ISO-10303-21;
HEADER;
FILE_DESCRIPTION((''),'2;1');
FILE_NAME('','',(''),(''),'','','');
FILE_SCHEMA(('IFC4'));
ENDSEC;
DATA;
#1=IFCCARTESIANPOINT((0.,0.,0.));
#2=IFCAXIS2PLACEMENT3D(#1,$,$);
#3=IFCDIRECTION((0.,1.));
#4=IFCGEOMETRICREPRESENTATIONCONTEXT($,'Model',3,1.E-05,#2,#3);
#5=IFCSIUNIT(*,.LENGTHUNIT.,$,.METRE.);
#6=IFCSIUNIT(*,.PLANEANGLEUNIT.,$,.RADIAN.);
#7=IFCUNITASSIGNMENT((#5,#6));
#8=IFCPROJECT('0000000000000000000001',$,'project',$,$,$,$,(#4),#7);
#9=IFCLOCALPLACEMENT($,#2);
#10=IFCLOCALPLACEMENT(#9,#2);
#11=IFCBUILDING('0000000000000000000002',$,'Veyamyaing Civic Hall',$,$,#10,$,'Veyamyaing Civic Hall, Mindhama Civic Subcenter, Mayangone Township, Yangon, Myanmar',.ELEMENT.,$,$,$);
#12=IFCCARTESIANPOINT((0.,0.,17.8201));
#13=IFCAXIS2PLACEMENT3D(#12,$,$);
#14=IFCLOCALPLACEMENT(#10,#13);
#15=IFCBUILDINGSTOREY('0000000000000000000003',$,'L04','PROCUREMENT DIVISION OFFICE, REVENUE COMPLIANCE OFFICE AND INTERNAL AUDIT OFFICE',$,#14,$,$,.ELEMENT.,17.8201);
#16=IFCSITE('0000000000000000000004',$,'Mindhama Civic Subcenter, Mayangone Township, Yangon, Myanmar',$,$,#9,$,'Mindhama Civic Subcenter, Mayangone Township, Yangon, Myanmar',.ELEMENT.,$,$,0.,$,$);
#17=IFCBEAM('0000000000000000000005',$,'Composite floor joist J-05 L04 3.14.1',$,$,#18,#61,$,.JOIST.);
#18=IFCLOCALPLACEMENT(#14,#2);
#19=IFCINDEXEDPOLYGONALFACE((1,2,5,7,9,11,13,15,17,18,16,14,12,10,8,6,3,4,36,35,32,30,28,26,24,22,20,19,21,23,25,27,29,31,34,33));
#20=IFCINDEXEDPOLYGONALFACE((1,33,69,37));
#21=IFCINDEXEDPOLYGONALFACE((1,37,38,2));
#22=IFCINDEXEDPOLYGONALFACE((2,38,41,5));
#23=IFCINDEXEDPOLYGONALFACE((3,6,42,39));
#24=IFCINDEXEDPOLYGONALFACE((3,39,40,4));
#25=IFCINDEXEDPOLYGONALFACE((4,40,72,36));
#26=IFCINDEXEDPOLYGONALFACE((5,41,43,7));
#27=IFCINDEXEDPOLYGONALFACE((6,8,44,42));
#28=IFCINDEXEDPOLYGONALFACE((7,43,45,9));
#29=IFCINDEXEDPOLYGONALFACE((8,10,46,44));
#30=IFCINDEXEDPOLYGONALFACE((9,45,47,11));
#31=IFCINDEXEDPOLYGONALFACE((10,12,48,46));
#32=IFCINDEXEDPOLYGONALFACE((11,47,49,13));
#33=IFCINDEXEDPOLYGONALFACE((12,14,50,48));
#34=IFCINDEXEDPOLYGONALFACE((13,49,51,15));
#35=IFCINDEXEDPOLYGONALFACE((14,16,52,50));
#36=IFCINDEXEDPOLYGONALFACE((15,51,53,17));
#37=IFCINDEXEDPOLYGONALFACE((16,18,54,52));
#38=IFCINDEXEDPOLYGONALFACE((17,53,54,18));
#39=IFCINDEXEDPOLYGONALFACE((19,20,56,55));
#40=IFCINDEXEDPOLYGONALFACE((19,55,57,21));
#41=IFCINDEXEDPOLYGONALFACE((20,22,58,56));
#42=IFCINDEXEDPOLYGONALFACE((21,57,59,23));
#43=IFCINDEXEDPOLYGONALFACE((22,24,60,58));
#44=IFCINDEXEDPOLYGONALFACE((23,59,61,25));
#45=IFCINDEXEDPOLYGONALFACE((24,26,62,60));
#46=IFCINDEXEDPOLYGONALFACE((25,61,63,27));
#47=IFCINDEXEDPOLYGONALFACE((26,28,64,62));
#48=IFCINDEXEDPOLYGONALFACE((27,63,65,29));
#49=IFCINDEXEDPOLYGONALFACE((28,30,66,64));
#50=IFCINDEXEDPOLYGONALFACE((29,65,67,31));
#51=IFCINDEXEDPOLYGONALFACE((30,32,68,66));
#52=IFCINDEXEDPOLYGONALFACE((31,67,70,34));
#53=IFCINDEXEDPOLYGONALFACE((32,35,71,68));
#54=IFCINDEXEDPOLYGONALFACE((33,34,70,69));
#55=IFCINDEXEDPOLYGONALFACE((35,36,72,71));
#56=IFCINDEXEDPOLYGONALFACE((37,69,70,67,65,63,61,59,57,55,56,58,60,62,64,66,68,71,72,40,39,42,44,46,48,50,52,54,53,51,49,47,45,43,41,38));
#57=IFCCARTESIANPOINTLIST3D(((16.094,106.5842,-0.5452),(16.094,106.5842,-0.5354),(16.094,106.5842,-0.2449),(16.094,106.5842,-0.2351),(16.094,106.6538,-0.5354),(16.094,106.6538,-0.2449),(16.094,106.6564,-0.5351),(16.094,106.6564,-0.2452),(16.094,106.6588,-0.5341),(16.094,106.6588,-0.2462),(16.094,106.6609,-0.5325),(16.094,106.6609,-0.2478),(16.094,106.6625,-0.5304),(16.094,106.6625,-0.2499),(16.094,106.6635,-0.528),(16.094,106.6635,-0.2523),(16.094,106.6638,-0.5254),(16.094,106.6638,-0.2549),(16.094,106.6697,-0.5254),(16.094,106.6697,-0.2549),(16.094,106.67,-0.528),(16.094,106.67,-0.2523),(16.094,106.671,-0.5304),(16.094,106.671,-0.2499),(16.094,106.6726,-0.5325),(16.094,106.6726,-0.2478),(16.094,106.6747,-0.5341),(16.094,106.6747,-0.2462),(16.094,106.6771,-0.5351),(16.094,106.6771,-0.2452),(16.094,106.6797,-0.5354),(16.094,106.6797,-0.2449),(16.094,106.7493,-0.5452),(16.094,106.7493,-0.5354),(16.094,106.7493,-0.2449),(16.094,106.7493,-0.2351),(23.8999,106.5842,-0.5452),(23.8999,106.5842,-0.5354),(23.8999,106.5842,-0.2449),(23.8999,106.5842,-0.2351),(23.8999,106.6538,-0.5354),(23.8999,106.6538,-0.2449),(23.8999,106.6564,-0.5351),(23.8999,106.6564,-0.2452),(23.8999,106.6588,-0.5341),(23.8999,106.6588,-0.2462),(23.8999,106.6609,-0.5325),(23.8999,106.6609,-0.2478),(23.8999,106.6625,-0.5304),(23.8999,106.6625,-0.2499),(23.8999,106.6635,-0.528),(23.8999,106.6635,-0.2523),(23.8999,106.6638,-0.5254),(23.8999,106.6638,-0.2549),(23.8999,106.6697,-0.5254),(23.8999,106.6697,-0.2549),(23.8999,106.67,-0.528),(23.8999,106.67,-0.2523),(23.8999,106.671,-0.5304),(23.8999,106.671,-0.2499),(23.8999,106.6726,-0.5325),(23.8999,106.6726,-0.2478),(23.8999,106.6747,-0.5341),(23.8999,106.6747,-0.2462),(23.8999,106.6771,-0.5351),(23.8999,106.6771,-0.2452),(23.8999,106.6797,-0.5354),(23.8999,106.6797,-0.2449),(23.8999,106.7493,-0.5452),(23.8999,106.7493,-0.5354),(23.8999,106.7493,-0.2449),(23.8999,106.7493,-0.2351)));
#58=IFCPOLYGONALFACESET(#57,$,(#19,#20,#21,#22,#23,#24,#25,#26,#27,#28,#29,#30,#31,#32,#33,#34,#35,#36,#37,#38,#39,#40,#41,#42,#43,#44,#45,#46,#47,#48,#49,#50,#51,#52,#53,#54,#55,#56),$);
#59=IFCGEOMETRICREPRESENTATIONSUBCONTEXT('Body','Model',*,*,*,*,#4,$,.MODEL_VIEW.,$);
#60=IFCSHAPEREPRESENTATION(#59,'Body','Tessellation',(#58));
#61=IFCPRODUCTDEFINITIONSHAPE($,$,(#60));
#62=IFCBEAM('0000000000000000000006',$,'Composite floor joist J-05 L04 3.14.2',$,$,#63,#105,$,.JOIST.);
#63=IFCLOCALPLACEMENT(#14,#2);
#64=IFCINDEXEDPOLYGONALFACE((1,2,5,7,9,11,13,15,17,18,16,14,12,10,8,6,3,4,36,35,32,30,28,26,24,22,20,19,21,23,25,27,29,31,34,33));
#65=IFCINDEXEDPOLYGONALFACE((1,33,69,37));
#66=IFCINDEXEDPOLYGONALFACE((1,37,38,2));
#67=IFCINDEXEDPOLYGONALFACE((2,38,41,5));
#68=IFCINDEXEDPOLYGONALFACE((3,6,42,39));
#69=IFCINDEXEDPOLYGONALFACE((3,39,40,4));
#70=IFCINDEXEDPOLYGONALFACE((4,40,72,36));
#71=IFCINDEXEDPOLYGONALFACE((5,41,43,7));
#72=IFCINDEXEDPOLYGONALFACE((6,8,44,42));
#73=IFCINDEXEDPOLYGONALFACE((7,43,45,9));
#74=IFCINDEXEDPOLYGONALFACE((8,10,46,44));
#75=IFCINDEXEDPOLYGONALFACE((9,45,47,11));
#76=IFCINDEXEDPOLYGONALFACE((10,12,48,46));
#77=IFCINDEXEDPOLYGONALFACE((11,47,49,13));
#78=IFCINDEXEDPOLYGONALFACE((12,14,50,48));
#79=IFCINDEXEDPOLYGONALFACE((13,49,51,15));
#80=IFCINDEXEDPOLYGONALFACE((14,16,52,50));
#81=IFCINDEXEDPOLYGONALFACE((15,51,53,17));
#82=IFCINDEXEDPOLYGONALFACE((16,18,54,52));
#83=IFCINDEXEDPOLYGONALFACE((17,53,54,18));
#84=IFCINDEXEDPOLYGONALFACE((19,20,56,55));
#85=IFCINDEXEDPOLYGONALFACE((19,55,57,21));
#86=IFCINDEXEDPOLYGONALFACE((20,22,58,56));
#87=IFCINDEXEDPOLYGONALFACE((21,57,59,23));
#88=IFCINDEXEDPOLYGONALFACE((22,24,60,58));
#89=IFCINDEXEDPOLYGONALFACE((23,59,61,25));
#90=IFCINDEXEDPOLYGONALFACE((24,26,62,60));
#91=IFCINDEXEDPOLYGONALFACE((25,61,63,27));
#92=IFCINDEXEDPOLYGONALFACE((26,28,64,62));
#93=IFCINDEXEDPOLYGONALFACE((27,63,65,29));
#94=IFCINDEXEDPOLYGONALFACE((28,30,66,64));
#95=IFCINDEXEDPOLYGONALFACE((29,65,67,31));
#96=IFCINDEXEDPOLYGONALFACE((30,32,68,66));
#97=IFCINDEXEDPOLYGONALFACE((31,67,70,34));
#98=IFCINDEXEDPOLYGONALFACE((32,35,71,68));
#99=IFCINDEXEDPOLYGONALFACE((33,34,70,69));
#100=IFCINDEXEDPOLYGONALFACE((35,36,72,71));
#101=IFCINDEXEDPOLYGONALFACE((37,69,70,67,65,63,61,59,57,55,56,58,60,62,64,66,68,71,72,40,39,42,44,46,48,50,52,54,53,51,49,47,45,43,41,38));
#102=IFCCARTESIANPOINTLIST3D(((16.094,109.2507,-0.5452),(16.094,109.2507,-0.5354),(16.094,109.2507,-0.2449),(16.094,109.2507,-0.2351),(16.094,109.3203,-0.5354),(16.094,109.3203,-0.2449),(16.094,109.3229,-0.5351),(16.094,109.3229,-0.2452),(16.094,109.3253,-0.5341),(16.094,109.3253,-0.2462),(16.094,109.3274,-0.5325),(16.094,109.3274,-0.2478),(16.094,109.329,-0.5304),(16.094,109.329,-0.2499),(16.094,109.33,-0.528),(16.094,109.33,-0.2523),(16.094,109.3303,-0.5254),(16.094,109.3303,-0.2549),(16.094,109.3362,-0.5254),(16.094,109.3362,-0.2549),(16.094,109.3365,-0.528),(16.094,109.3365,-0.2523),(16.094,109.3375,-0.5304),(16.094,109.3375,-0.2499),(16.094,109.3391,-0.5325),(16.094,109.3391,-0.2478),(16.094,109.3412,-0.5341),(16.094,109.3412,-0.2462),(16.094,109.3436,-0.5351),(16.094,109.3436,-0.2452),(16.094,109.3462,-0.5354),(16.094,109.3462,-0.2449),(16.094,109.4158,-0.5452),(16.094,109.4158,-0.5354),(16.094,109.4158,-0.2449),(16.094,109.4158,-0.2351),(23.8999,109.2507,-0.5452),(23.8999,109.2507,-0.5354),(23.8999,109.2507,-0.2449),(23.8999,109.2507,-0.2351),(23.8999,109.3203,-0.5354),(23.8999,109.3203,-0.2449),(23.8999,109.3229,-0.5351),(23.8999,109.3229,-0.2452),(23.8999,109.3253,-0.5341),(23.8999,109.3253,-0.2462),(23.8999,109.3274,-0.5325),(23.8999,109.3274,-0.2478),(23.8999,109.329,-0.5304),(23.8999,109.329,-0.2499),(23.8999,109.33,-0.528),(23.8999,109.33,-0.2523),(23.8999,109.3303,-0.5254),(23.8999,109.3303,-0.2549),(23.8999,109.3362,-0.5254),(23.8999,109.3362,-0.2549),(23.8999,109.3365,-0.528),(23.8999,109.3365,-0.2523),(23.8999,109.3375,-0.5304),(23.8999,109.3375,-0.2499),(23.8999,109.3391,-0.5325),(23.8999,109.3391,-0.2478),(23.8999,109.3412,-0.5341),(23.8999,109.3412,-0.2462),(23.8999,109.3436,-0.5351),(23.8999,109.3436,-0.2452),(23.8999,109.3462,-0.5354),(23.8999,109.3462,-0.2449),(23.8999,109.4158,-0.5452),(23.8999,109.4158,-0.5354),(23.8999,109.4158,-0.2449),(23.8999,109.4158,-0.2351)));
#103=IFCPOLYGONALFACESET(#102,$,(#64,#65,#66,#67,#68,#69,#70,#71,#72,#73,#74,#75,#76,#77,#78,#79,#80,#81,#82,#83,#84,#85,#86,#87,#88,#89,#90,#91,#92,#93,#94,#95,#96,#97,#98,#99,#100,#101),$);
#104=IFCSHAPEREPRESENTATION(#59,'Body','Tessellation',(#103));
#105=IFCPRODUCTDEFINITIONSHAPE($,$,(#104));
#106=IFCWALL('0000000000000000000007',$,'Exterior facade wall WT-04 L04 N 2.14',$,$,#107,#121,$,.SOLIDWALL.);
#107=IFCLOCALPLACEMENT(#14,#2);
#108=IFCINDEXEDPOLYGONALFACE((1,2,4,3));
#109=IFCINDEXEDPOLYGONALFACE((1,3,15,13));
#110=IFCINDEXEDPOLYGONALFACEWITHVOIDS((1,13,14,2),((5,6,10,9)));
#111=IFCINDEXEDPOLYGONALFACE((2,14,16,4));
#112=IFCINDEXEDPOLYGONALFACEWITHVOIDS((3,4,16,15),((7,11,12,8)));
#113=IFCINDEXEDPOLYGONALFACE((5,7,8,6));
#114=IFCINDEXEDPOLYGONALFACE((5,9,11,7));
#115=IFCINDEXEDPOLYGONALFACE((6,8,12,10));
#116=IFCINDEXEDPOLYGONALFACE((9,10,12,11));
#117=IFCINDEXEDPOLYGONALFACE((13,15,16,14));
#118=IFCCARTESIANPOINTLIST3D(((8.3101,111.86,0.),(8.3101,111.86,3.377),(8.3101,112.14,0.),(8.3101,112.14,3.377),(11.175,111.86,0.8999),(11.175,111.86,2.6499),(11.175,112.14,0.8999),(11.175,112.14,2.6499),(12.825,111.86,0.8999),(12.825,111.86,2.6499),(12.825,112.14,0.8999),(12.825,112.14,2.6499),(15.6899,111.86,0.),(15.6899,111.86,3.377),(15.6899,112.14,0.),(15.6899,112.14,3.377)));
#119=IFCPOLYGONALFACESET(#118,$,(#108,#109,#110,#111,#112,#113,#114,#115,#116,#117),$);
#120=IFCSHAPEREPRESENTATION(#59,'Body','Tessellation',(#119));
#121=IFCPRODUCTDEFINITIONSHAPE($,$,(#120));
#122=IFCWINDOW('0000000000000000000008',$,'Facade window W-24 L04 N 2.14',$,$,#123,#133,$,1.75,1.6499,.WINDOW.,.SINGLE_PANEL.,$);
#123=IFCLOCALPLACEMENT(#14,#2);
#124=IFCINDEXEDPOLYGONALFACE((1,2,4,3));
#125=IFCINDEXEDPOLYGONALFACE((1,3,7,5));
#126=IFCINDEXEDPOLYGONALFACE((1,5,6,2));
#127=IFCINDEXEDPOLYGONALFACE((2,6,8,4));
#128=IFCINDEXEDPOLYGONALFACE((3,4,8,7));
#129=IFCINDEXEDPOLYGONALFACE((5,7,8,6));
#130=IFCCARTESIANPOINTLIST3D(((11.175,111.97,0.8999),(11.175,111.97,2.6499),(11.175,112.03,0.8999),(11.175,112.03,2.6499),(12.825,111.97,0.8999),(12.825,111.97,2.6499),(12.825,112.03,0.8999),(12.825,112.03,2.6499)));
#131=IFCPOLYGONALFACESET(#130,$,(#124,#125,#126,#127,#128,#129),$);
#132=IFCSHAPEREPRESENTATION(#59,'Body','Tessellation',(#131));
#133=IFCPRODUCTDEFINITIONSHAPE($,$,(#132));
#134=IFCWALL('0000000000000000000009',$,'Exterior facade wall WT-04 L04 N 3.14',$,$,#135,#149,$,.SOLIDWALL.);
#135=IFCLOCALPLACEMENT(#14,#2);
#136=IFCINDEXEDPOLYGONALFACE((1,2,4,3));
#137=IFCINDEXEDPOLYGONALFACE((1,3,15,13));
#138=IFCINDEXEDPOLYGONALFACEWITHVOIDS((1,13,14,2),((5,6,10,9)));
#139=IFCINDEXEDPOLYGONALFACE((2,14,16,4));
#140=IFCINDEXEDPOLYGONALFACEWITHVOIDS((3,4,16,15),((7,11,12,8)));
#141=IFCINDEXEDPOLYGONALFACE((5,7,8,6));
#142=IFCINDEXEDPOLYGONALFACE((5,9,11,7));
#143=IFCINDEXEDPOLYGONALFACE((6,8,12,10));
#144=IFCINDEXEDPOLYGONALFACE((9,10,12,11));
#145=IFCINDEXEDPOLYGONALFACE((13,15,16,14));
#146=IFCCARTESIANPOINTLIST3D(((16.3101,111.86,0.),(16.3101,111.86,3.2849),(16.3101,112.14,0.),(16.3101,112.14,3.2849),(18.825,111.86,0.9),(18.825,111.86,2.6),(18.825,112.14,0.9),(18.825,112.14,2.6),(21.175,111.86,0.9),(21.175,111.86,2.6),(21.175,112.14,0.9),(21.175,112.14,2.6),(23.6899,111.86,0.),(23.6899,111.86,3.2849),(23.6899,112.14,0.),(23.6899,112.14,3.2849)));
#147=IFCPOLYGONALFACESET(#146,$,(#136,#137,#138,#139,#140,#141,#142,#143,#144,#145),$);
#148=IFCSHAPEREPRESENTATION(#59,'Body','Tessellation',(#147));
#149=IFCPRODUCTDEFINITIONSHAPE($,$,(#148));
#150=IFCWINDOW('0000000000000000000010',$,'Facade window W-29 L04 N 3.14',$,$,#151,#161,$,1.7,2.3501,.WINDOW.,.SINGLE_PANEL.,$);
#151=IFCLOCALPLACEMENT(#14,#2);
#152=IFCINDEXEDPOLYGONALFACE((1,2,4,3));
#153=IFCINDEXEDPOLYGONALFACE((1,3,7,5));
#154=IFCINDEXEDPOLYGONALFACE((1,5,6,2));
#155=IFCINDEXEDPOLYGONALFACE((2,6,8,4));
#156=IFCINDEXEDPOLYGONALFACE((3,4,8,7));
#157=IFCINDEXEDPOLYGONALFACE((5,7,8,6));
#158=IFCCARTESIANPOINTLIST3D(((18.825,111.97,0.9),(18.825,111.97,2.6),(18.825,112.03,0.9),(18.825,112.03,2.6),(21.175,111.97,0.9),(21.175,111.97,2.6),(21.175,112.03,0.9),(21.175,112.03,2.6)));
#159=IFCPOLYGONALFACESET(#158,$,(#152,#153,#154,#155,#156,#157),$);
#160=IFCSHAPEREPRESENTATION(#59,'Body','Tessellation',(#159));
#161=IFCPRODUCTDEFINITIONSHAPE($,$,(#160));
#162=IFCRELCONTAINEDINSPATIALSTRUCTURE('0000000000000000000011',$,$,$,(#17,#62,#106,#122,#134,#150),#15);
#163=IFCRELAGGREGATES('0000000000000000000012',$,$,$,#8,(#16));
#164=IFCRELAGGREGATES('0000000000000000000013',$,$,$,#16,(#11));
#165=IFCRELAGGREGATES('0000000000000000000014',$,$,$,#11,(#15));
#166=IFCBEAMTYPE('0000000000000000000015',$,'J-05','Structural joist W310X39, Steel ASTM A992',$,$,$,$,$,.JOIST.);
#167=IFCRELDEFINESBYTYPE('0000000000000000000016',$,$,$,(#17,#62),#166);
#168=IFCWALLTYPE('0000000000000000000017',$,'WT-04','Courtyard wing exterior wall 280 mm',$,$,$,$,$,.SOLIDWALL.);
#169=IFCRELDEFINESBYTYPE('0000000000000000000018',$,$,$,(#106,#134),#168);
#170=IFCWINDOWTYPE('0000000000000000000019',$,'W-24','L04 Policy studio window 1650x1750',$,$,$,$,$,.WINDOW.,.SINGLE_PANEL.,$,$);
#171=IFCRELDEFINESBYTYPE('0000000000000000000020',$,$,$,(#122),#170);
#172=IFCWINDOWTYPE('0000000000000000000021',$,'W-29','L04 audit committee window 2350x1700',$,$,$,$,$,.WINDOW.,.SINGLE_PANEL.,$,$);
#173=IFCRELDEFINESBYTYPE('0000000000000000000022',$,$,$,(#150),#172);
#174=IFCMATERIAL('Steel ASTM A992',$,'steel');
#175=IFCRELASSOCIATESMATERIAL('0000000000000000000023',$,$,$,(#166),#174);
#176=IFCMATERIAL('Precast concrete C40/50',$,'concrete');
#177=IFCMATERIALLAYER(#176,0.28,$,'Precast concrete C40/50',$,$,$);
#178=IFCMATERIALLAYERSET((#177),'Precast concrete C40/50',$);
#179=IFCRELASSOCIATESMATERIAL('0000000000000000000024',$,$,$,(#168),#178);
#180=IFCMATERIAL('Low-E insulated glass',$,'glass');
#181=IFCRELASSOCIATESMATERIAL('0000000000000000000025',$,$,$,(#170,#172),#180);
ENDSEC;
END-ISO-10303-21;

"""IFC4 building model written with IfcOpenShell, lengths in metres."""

from ifc_helpers import new_model, si_unit, direction, frame, frame_2d, origin, origin_2d, place, context, subcontext, project, spatial, rectangle, i_section, extrude, material, layer, layer_set, material_profile, profile_set, type_object, element, fill, save


model = new_model("IFC4")

# Units and contexts
model_context = context("Model", 3, precision=1e-05, world=origin(), true_north=direction((0.0, 1.0)))
body_context = subcontext(model_context, "Body", "Model", "MODEL_VIEW")
ifc_project = project(units=[si_unit("LENGTHUNIT", "METRE"), si_unit("PLANEANGLEUNIT", "RADIAN")], contexts=[model_context])

# Site, building, storey
site_placement = place(None, origin())
site = spatial("IfcSite", under=ifc_project, at=site_placement, Name="Mindhama Civic Subcenter, Mayangone Township, Yangon, Myanmar", LongName="Mindhama Civic Subcenter, Mayangone Township, Yangon, Myanmar", CompositionType="ELEMENT", RefElevation=0.0)
building_placement = place(site_placement, origin())
building = spatial("IfcBuilding", under=site, at=building_placement, Name="Veyamyaing Civic Hall", LongName="Veyamyaing Civic Hall, Mindhama Civic Subcenter, Mayangone Township, Yangon, Myanmar", CompositionType="ELEMENT")
storey_placement = place(building_placement, frame((0.0, 0.0, 17.8201)))
storey = spatial("IfcBuildingStorey", under=building, at=storey_placement, Name="L04", Description="PROCUREMENT DIVISION OFFICE, REVENUE COMPLIANCE OFFICE AND INTERNAL AUDIT OFFICE", CompositionType="ELEMENT", Elevation=17.8201)

# Beams
ifc_material_1 = material(Name="Steel ASTM A992", Category="steel")
ifc_material_profile_1 = material_profile(ifc_material_1, i_section(OverallWidth=0.165, OverallDepth=0.3101, WebThickness=0.0059, FlangeThickness=0.0098, FilletRadius=0.01, at=origin_2d()), Name="W310X39")
ifc_profile_set_1 = profile_set([ifc_material_profile_1], Name="Steel ASTM A992")
beam_type_1 = type_object("IfcBeamType", Name="J-05", Description="Structural joist W310X39, Steel ASTM A992", PredefinedType="JOIST", material=ifc_profile_set_1)
for number, where, z_axis, x_axis, name in (
    (1, (16.094, 106.6667, -0.3901), (1.0, 0.0, 0.0), (0.0, 1.0, 0.0), "Composite floor joist J-05 L04 3.14.1"),
    (2, (16.094, 109.3333, -0.3901), (1.0, 0.0, 0.0), (0.0, 1.0, 0.0), "Composite floor joist J-05 L04 3.14.2"),
):
    element("IfcBeam", number, at=place(storey_placement, frame(where, z_axis=z_axis, x_axis=x_axis)), inside=storey, type_object=beam_type_1, Name=name, PredefinedType="JOIST", context=body_context, shape_type="SweptSolid", body=[
        extrude(i_section(OverallWidth=0.165, OverallDepth=0.3101, WebThickness=0.0059, FlangeThickness=0.0098, FilletRadius=0.01, at=origin_2d()), origin(), (0.0, 0.0, 1.0), 7.8059),
    ])

# Walls, openings, windows
ifc_material_2 = material(Name="Precast concrete C40/50", Category="concrete")
ifc_layer_1 = layer(ifc_material_2, 0.28, Name="Precast concrete C40/50")
ifc_layer_set_1 = layer_set([ifc_layer_1], Name="Precast concrete C40/50")
wall_type_1 = type_object("IfcWallType", Name="WT-04", Description="Courtyard wing exterior wall 280 mm", PredefinedType="SOLIDWALL", material=ifc_layer_set_1)
wall_1_placement = place(storey_placement, frame((8.3101, 112.0, 0.0), z_axis=(0.0, 0.0, 1.0), x_axis=(1.0, 0.0, 0.0)))
wall_1 = element("IfcWall", 3, at=wall_1_placement, inside=storey, type_object=wall_type_1, Name="Exterior facade wall WT-04 L04 N 2.14", PredefinedType="SOLIDWALL", context=body_context, shape_type="SweptSolid", body=[
    extrude(rectangle(XDim=7.3799, YDim=0.28, at=frame_2d((3.6899, 0.0))), origin(), (0.0, 0.0, 1.0), 3.377),
])
opening_1_placement = place(wall_1_placement, frame((2.865, 0.0, 0.8999)))
opening_1 = element("IfcOpeningElement", 4, at=opening_1_placement, cuts=wall_1, PredefinedType="OPENING", context=body_context, shape_type="SweptSolid", body=[
    extrude(rectangle(XDim=1.6499, YDim=1.75, at=frame_2d((0.825, 0.875))), frame((0.0, 0.1499, 0.0), z_axis=(0.0, -1.0, 0.0), x_axis=(1.0, 0.0, 0.0)), (0.0, 0.0, 1.0), 0.3),
])
ifc_material_3 = material(Name="Low-E insulated glass", Category="glass")
window_type_1 = type_object("IfcWindowType", Name="W-24", Description="L04 Policy studio window 1650x1750", PartitioningType="SINGLE_PANEL", PredefinedType="WINDOW", material=ifc_material_3)
window_1_placement = place(opening_1_placement, origin())
window_1 = element("IfcWindow", 5, at=window_1_placement, inside=storey, type_object=window_type_1, Name="Facade window W-24 L04 N 2.14", OverallHeight=1.75, OverallWidth=1.6499, PartitioningType="SINGLE_PANEL", PredefinedType="WINDOW", context=body_context, shape_type="SweptSolid", body=[
    extrude(rectangle(XDim=1.6499, YDim=1.75, at=frame_2d((0.825, 0.875))), frame((0.0, 0.03, 0.0), z_axis=(0.0, -1.0, 0.0), x_axis=(1.0, 0.0, 0.0)), (0.0, 0.0, 1.0), 0.0601),
])
fill(opening_1, window_1)
wall_2_placement = place(storey_placement, frame((16.3101, 112.0, 0.0), z_axis=(0.0, 0.0, 1.0), x_axis=(1.0, 0.0, 0.0)))
wall_2 = element("IfcWall", 6, at=wall_2_placement, inside=storey, type_object=wall_type_1, Name="Exterior facade wall WT-04 L04 N 3.14", PredefinedType="SOLIDWALL", context=body_context, shape_type="SweptSolid", body=[
    extrude(rectangle(XDim=7.3799, YDim=0.28, at=frame_2d((3.6899, 0.0))), origin(), (0.0, 0.0, 1.0), 3.2849),
])
opening_2_placement = place(wall_2_placement, frame((2.5149, 0.0, 0.8999)))
opening_2 = element("IfcOpeningElement", 7, at=opening_2_placement, cuts=wall_2, PredefinedType="OPENING", context=body_context, shape_type="SweptSolid", body=[
    extrude(rectangle(XDim=2.3501, YDim=1.7, at=frame_2d((1.175, 0.8501))), frame((0.0, 0.1499, 0.0), z_axis=(0.0, -1.0, 0.0), x_axis=(1.0, 0.0, 0.0)), (0.0, 0.0, 1.0), 0.3),
])
window_type_2 = type_object("IfcWindowType", Name="W-29", Description="L04 audit committee window 2350x1700", PartitioningType="SINGLE_PANEL", PredefinedType="WINDOW", material=ifc_material_3)
window_2_placement = place(opening_2_placement, origin())
window_2 = element("IfcWindow", 8, at=window_2_placement, inside=storey, type_object=window_type_2, Name="Facade window W-29 L04 N 3.14", OverallHeight=1.7, OverallWidth=2.3501, PartitioningType="SINGLE_PANEL", PredefinedType="WINDOW", context=body_context, shape_type="SweptSolid", body=[
    extrude(rectangle(XDim=2.3501, YDim=1.7, at=frame_2d((1.175, 0.8501))), frame((0.0, 0.03, 0.0), z_axis=(0.0, -1.0, 0.0), x_axis=(1.0, 0.0, 0.0)), (0.0, 0.0, 1.0), 0.0601),
])
fill(opening_2, window_2)

save(model, "model.ifc")
